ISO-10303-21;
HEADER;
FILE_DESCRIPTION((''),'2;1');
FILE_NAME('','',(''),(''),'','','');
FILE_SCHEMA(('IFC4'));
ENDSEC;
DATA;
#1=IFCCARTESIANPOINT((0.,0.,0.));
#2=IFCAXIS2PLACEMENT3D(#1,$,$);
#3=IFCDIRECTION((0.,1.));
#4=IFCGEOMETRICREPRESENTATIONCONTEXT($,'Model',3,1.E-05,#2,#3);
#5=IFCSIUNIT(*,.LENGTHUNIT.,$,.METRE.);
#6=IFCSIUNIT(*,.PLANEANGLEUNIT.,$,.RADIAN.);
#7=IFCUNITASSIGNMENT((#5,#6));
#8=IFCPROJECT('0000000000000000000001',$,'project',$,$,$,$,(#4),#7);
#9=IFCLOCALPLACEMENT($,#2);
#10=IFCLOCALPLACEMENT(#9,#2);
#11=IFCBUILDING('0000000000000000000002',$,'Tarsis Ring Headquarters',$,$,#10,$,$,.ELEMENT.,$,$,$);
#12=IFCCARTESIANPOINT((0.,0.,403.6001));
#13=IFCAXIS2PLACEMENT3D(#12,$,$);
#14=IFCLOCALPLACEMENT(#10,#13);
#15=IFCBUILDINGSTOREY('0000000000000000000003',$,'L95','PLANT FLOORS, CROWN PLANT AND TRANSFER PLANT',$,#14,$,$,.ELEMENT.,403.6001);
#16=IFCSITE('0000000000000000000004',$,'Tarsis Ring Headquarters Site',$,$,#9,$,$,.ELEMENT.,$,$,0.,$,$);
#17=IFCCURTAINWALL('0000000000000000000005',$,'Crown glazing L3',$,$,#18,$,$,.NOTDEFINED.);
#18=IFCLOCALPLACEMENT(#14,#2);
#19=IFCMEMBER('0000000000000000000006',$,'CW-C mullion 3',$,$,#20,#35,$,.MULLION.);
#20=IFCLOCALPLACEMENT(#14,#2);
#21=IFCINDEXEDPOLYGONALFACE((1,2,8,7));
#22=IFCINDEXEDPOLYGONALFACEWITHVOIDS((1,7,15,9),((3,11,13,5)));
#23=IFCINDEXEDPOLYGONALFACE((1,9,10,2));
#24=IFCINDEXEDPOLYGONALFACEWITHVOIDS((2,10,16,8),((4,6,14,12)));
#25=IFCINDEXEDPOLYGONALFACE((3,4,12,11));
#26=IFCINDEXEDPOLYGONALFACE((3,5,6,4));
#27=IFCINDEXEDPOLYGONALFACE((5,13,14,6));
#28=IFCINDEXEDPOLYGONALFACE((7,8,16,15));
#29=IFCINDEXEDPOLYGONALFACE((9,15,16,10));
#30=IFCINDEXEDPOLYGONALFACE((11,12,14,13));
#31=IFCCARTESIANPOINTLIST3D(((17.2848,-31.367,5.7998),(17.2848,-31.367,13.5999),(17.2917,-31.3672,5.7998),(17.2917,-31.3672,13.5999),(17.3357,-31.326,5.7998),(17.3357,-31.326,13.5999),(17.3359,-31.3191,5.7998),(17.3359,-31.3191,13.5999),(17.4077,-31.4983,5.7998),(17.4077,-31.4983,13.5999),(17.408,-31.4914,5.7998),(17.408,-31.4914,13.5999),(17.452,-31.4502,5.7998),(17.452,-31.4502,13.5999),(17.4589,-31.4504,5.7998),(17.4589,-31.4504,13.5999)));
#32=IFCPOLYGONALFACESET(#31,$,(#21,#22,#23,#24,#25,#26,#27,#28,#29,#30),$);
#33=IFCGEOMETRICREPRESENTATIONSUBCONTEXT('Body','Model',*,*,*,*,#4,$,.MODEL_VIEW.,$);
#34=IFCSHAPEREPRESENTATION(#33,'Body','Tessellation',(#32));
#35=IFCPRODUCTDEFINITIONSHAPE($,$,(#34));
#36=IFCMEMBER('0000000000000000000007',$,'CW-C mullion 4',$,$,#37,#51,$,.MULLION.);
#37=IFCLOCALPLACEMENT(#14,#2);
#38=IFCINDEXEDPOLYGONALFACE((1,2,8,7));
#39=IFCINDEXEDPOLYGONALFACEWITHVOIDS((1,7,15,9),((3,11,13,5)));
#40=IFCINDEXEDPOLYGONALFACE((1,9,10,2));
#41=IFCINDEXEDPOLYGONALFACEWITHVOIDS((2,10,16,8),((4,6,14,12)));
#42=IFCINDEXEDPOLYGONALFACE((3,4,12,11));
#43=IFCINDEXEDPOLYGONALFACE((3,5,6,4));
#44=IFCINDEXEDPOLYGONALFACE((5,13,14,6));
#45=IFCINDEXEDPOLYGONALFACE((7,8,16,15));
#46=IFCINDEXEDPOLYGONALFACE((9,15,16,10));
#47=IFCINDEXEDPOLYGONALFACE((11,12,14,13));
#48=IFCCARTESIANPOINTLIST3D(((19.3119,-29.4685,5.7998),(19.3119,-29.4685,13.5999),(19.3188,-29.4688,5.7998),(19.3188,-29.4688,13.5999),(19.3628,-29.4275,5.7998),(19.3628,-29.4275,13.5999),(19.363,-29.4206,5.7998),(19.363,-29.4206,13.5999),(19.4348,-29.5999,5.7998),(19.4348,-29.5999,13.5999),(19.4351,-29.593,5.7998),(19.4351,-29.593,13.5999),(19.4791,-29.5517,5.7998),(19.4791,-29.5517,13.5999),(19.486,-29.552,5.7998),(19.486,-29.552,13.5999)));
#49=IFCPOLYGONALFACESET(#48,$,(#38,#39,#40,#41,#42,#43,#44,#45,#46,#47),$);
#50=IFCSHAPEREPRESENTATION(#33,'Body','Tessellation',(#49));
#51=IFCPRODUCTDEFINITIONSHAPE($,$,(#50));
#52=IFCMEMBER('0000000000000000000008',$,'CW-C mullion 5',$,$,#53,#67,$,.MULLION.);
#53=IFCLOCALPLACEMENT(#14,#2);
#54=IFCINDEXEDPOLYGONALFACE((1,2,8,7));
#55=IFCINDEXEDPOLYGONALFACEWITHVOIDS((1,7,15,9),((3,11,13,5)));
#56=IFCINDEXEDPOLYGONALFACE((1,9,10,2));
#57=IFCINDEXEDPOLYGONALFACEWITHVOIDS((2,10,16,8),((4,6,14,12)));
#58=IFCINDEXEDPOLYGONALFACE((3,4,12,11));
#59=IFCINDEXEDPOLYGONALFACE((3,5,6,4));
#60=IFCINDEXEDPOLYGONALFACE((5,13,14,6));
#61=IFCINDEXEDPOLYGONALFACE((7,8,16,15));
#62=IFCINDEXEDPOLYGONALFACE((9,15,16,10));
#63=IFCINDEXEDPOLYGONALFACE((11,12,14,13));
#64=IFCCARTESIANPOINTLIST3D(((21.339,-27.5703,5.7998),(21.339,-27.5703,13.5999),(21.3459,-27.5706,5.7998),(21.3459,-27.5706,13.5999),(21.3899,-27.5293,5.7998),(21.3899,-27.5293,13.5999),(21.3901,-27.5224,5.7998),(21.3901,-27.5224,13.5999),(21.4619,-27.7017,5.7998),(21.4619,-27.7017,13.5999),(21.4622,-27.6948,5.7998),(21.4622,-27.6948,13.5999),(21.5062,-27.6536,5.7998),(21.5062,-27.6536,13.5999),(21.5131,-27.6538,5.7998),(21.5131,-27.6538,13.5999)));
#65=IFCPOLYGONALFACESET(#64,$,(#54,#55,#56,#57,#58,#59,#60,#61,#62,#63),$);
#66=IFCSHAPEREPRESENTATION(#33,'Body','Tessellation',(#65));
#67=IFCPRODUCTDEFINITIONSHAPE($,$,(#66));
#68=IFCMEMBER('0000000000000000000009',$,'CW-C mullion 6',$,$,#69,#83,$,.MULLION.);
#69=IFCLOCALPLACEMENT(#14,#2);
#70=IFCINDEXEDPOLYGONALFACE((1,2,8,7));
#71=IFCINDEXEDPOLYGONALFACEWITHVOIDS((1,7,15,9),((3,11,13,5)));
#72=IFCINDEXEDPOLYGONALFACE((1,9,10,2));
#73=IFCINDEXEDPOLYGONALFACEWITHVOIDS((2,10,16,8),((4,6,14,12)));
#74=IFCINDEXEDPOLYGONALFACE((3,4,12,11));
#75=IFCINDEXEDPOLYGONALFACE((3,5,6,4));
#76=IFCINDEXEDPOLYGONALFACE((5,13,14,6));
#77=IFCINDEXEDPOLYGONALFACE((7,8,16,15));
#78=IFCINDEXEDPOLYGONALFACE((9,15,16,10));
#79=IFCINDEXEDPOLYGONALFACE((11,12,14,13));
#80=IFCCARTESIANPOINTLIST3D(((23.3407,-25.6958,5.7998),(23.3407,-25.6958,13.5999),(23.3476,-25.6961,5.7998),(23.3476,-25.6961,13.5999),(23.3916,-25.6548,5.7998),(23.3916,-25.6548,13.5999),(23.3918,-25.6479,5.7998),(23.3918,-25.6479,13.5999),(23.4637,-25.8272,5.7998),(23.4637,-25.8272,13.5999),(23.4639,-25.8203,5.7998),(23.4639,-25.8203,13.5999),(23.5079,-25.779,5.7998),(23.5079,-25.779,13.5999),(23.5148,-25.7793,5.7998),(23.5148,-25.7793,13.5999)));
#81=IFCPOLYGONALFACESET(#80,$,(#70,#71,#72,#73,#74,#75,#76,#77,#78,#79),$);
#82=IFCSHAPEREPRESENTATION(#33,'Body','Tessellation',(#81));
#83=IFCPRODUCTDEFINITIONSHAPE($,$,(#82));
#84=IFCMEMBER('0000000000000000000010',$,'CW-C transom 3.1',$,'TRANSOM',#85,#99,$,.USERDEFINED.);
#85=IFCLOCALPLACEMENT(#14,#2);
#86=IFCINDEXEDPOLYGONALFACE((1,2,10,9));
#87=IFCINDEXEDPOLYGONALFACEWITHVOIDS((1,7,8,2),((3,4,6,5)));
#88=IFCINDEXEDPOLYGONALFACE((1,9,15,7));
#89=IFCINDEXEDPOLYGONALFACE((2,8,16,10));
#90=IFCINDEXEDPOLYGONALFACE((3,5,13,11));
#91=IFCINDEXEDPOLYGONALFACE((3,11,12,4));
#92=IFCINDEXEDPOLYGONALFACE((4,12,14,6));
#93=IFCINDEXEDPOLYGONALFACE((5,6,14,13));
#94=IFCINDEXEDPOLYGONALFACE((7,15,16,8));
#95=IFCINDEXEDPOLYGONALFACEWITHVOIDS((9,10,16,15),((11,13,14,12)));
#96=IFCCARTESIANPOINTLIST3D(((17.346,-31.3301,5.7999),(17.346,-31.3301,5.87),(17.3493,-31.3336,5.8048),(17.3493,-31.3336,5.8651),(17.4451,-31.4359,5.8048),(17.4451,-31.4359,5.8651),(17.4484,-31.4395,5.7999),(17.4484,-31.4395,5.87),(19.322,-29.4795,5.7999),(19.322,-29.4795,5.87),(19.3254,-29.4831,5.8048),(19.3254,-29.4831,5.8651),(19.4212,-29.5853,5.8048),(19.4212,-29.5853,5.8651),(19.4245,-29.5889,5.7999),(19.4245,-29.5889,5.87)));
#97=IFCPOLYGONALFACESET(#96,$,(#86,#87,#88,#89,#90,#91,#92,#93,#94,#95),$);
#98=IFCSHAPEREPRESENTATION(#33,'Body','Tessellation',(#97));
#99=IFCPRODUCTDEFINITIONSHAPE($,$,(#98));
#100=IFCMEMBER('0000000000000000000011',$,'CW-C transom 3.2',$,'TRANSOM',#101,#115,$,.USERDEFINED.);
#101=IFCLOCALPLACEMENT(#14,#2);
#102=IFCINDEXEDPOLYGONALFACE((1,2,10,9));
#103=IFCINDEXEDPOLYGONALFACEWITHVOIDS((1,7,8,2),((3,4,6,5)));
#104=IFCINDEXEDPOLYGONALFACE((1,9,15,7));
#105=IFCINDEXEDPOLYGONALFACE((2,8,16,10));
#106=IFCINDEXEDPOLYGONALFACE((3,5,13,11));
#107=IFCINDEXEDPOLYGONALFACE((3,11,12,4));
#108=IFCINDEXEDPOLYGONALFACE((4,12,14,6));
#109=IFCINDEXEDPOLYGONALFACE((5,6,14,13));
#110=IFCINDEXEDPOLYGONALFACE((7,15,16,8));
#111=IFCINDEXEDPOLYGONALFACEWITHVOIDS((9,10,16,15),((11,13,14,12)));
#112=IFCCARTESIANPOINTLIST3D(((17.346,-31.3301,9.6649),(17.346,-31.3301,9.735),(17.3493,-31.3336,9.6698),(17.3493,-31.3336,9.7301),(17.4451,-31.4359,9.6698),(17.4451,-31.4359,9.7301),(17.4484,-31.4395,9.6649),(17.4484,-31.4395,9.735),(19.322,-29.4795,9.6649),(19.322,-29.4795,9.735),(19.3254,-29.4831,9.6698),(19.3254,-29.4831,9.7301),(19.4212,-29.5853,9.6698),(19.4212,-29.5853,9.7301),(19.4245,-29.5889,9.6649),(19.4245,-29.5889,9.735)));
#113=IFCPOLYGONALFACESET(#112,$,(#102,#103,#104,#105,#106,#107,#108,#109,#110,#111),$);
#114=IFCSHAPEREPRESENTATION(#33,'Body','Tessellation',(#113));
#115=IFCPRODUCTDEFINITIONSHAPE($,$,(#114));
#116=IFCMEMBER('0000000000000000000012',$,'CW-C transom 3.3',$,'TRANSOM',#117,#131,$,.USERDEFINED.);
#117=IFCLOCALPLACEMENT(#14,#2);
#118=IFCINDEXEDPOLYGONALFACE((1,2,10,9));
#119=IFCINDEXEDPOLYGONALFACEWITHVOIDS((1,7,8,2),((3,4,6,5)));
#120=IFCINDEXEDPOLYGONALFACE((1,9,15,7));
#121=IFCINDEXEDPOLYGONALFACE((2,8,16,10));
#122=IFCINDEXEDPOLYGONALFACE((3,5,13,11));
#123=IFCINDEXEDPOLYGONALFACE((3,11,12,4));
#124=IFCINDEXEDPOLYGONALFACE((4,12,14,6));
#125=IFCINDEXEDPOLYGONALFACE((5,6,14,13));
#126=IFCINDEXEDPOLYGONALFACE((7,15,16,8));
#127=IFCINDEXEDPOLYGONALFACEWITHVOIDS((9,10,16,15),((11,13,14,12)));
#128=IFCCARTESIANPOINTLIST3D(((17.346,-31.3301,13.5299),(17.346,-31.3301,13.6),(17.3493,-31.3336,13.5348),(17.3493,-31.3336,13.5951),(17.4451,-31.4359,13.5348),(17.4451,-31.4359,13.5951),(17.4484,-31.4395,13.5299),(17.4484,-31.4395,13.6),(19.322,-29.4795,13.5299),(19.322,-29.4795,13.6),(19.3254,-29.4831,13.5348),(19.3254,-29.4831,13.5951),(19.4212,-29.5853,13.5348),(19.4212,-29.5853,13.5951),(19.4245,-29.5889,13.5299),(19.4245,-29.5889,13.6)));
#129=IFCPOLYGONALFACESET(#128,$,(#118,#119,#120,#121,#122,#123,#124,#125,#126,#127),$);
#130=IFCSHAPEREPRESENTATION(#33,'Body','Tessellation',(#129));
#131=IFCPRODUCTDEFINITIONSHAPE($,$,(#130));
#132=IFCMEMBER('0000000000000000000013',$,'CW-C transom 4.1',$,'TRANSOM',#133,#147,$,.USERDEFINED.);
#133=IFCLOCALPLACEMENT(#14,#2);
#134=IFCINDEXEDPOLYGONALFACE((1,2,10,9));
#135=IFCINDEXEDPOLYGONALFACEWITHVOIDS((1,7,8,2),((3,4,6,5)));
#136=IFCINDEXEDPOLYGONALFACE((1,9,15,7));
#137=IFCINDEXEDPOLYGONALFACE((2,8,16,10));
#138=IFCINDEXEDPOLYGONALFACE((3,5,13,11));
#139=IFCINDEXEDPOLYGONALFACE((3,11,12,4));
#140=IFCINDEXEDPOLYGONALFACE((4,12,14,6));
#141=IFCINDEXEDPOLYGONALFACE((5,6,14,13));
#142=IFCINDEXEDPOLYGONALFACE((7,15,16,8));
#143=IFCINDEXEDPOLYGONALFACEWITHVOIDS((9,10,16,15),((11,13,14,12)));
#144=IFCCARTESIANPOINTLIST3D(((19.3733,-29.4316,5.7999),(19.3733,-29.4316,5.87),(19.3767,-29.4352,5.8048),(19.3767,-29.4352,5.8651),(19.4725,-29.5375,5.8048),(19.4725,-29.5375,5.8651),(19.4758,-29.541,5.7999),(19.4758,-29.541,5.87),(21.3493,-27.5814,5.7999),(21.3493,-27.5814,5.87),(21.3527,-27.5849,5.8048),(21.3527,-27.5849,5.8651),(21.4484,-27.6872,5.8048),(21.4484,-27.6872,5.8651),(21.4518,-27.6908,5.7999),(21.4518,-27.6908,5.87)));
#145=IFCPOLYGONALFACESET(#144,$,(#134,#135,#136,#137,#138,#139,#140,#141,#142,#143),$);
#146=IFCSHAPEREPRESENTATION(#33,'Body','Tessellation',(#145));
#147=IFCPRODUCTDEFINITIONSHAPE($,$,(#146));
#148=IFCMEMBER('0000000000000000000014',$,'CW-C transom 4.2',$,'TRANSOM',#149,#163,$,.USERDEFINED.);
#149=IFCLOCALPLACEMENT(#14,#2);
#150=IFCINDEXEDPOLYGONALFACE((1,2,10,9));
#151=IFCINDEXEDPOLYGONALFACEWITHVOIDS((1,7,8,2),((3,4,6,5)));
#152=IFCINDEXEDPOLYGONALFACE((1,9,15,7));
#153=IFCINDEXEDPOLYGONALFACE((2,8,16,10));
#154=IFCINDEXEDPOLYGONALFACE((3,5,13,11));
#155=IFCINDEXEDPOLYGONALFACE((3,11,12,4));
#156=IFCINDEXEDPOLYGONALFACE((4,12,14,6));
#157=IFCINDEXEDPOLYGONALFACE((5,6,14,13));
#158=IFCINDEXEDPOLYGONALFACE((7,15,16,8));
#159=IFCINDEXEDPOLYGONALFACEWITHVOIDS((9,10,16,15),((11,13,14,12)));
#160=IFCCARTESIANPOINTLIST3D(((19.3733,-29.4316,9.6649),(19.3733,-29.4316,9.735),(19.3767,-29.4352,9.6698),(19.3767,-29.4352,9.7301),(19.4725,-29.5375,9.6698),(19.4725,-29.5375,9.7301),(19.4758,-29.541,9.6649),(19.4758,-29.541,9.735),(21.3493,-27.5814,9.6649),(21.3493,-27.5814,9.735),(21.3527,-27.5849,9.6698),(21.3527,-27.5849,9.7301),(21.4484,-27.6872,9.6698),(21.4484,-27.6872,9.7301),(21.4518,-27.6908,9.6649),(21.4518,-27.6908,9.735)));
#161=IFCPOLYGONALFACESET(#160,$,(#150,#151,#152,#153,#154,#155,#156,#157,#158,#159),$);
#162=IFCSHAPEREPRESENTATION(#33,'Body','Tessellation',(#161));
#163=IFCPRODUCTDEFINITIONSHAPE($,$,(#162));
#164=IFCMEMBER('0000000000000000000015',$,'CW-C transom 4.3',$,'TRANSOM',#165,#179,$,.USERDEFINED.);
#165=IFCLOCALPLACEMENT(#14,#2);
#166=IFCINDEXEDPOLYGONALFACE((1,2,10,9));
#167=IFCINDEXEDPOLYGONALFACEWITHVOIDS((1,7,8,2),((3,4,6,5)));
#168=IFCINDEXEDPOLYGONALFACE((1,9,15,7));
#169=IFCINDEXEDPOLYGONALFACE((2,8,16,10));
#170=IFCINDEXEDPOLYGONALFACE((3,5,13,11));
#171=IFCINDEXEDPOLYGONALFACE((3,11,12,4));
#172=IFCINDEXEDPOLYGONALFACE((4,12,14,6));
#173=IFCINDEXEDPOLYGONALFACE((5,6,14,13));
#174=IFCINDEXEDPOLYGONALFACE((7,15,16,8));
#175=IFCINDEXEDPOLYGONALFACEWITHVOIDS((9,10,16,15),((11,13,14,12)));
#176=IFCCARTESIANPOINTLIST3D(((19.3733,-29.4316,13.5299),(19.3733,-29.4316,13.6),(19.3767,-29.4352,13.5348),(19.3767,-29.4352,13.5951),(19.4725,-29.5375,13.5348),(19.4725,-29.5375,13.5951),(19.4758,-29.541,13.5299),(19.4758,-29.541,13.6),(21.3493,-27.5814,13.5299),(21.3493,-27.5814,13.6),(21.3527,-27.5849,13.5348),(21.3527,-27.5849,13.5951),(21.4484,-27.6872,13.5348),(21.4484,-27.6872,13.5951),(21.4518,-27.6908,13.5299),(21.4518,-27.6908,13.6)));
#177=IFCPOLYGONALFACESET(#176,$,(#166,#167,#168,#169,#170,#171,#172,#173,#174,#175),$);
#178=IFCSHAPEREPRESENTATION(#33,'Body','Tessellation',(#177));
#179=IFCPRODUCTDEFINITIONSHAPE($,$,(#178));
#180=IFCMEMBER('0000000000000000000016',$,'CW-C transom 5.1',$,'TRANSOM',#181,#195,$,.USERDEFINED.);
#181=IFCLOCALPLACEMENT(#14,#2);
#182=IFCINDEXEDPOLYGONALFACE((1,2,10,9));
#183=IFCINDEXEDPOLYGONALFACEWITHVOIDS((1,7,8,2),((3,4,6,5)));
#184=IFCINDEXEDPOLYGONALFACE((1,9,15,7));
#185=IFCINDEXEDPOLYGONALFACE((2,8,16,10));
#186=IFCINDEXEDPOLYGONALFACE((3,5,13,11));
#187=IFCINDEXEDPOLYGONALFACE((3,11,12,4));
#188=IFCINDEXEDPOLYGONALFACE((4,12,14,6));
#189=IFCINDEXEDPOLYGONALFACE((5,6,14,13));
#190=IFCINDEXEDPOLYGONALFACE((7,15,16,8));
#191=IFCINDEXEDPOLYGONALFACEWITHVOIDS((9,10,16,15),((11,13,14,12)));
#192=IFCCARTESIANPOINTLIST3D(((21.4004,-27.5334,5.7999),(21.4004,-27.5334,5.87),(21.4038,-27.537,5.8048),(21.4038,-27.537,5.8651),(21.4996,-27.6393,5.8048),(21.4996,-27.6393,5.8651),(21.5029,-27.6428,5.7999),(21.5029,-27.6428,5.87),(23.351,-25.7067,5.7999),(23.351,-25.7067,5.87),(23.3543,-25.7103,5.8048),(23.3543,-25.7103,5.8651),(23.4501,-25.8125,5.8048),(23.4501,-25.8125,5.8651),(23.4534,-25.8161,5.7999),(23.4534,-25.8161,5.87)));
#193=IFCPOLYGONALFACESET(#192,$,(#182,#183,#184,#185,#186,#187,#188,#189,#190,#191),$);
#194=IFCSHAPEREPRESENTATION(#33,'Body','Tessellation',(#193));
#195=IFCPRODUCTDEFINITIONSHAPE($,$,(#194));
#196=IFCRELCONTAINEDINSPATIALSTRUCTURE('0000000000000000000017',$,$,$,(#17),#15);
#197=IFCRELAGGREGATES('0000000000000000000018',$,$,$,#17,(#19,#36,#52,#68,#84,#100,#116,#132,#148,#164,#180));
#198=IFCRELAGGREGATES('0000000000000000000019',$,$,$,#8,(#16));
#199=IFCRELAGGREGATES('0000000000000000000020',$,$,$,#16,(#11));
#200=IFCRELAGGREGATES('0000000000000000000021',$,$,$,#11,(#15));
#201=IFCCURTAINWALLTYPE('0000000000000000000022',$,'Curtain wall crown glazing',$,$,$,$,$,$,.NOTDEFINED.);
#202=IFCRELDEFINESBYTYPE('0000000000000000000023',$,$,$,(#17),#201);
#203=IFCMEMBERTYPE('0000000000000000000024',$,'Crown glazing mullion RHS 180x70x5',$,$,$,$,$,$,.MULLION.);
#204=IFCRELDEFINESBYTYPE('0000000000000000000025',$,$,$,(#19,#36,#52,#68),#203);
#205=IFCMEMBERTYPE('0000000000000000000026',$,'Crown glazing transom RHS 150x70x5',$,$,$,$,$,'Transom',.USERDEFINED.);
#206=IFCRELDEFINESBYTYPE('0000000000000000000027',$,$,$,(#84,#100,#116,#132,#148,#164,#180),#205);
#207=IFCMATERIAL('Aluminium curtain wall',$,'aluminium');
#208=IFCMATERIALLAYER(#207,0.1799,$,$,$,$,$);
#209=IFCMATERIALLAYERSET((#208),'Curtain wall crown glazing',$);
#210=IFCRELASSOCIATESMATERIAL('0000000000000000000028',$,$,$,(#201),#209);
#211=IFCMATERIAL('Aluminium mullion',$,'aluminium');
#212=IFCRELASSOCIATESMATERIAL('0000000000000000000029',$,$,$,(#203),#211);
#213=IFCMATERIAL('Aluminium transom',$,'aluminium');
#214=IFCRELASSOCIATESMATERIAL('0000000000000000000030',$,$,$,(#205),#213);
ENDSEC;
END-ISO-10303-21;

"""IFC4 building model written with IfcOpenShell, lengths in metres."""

from ifc_helpers import new_model, si_unit, direction, frame, origin, origin_2d, place, context, subcontext, project, spatial, hollow_rectangle, extrude, material, layer, layer_set, material_profile, profile_set, type_object, element, aggregate, save


model = new_model("IFC4")

# Units and contexts
model_context = context("Model", 3, precision=1e-05, world=origin(), true_north=direction((0.0, 1.0)))
body_context = subcontext(model_context, "Body", "Model", "MODEL_VIEW")
ifc_project = project(units=[si_unit("LENGTHUNIT", "METRE"), si_unit("PLANEANGLEUNIT", "RADIAN")], contexts=[model_context])

# Site, building, storey
site_placement = place(None, origin())
site = spatial("IfcSite", under=ifc_project, at=site_placement, Name="Tarsis Ring Headquarters Site", CompositionType="ELEMENT", RefElevation=0.0)
building_placement = place(site_placement, origin())
building = spatial("IfcBuilding", under=site, at=building_placement, Name="Tarsis Ring Headquarters", CompositionType="ELEMENT")
storey_placement = place(building_placement, frame((0.0, 0.0, 403.6001)))
storey = spatial("IfcBuildingStorey", under=building, at=storey_placement, Name="L95", Description="PLANT FLOORS, CROWN PLANT AND TRANSFER PLANT", CompositionType="ELEMENT", Elevation=403.6001)

# Curtain wall, members
ifc_material_1 = material(Name="Aluminium curtain wall", Category="aluminium")
ifc_layer_1 = layer(ifc_material_1, 0.1799)
ifc_layer_set_1 = layer_set([ifc_layer_1], Name="Curtain wall crown glazing")
curtain_wall_type = type_object("IfcCurtainWallType", Name="Curtain wall crown glazing", PredefinedType="NOTDEFINED", material=ifc_layer_set_1)
curtain_wall_placement = place(storey_placement, origin())
curtain_wall = element("IfcCurtainWall", 1, at=curtain_wall_placement, inside=storey, type_object=curtain_wall_type, Name="Crown glazing L3", PredefinedType="NOTDEFINED")
ifc_material_2 = material(Name="Aluminium mullion", Category="aluminium")
ifc_material_profile_1 = material_profile(ifc_material_2, hollow_rectangle(XDim=0.1799, YDim=0.0701, WallThickness=0.0049, at=origin_2d()), Name="RHS 180x70x5")
ifc_profile_set_1 = profile_set([ifc_material_profile_1], Name="Aluminium mullion")
member_type_1 = type_object("IfcMemberType", Name="Crown glazing mullion RHS 180x70x5", PredefinedType="MULLION", material=ifc_profile_set_1)
member_1_placement = place(storey_placement, frame((17.3718, -31.4087, 5.7998), z_axis=(0.0, 0.0, 1.0), x_axis=(-0.683529, 0.729924, 0.0)))
member_1 = element("IfcMember", 2, at=member_1_placement, type_object=member_type_1, Name="CW-C mullion 3", PredefinedType="MULLION", context=body_context, shape_type="SweptSolid", body=[
    extrude(hollow_rectangle(XDim=0.1799, YDim=0.0701, WallThickness=0.0049, at=origin_2d()), origin(), (0.0, 0.0, 1.0), 7.8),
])
member_2_placement = place(storey_placement, frame((19.3989, -29.5103, 5.7998), z_axis=(0.0, 0.0, 1.0), x_axis=(-0.683529, 0.729924, 0.0)))
member_2 = element("IfcMember", 3, at=member_2_placement, type_object=member_type_1, Name="CW-C mullion 4", PredefinedType="MULLION", context=body_context, shape_type="SweptSolid", body=[
    extrude(hollow_rectangle(XDim=0.1799, YDim=0.0701, WallThickness=0.0049, at=origin_2d()), origin(), (0.0, 0.0, 1.0), 7.8),
])
member_3_placement = place(storey_placement, frame((21.426, -27.6121, 5.7998), z_axis=(0.0, 0.0, 1.0), x_axis=(-0.683529, 0.729924, 0.0)))
member_3 = element("IfcMember", 4, at=member_3_placement, type_object=member_type_1, Name="CW-C mullion 5", PredefinedType="MULLION", context=body_context, shape_type="SweptSolid", body=[
    extrude(hollow_rectangle(XDim=0.1799, YDim=0.0701, WallThickness=0.0049, at=origin_2d()), origin(), (0.0, 0.0, 1.0), 7.8),
])
member_4_placement = place(storey_placement, frame((23.4277, -25.7375, 5.7998), z_axis=(0.0, 0.0, 1.0), x_axis=(-0.683529, 0.729924, 0.0)))
member_4 = element("IfcMember", 5, at=member_4_placement, type_object=member_type_1, Name="CW-C mullion 6", PredefinedType="MULLION", context=body_context, shape_type="SweptSolid", body=[
    extrude(hollow_rectangle(XDim=0.1799, YDim=0.0701, WallThickness=0.0049, at=origin_2d()), origin(), (0.0, 0.0, 1.0), 7.8),
])
ifc_material_3 = material(Name="Aluminium transom", Category="aluminium")
ifc_material_profile_2 = material_profile(ifc_material_3, hollow_rectangle(XDim=0.1499, YDim=0.0701, WallThickness=0.0049, at=origin_2d()), Name="RHS 150x70x5")
ifc_profile_set_2 = profile_set([ifc_material_profile_2], Name="Aluminium transom")
member_type_2 = type_object("IfcMemberType", Name="Crown glazing transom RHS 150x70x5", ElementType="Transom", PredefinedType="USERDEFINED", material=ifc_profile_set_2)
member_5_placement = place(storey_placement, frame((17.3972, -31.3848, 5.835), z_axis=(0.729903, 0.683551, 0.0), x_axis=(-0.683551, 0.729903, 0.0)))
member_5 = element("IfcMember", 6, at=member_5_placement, type_object=member_type_2, Name="CW-C transom 3.1", ObjectType="TRANSOM", PredefinedType="USERDEFINED", context=body_context, shape_type="SweptSolid", body=[
    extrude(hollow_rectangle(XDim=0.1499, YDim=0.0701, WallThickness=0.0049, at=origin_2d()), origin(), (0.0, 0.0, 1.0), 2.7073),
])
member_6_placement = place(storey_placement, frame((17.3972, -31.3848, 9.7), z_axis=(0.729903, 0.683551, 0.0), x_axis=(-0.683551, 0.729903, 0.0)))
member_6 = element("IfcMember", 7, at=member_6_placement, type_object=member_type_2, Name="CW-C transom 3.2", ObjectType="TRANSOM", PredefinedType="USERDEFINED", context=body_context, shape_type="SweptSolid", body=[
    extrude(hollow_rectangle(XDim=0.1499, YDim=0.0701, WallThickness=0.0049, at=origin_2d()), origin(), (0.0, 0.0, 1.0), 2.7073),
])
member_7_placement = place(storey_placement, frame((17.3972, -31.3848, 13.5649), z_axis=(0.729903, 0.683551, 0.0), x_axis=(-0.683551, 0.729903, 0.0)))
member_7 = element("IfcMember", 8, at=member_7_placement, type_object=member_type_2, Name="CW-C transom 3.3", ObjectType="TRANSOM", PredefinedType="USERDEFINED", context=body_context, shape_type="SweptSolid", body=[
    extrude(hollow_rectangle(XDim=0.1499, YDim=0.0701, WallThickness=0.0049, at=origin_2d()), origin(), (0.0, 0.0, 1.0), 2.7073),
])
member_8_placement = place(storey_placement, frame((19.4246, -29.4863, 5.835), z_axis=(0.729948, 0.683503, 0.0), x_axis=(-0.683503, 0.729948, 0.0)))
member_8 = element("IfcMember", 9, at=member_8_placement, type_object=member_type_2, Name="CW-C transom 4.1", ObjectType="TRANSOM", PredefinedType="USERDEFINED", context=body_context, shape_type="SweptSolid", body=[
    extrude(hollow_rectangle(XDim=0.1499, YDim=0.0701, WallThickness=0.0049, at=origin_2d()), origin(), (0.0, 0.0, 1.0), 2.707),
])
member_9_placement = place(storey_placement, frame((19.4246, -29.4863, 9.7), z_axis=(0.729948, 0.683503, 0.0), x_axis=(-0.683503, 0.729948, 0.0)))
member_9 = element("IfcMember", 10, at=member_9_placement, type_object=member_type_2, Name="CW-C transom 4.2", ObjectType="TRANSOM", PredefinedType="USERDEFINED", context=body_context, shape_type="SweptSolid", body=[
    extrude(hollow_rectangle(XDim=0.1499, YDim=0.0701, WallThickness=0.0049, at=origin_2d()), origin(), (0.0, 0.0, 1.0), 2.707),
])
member_10_placement = place(storey_placement, frame((19.4246, -29.4863, 13.5649), z_axis=(0.729948, 0.683503, 0.0), x_axis=(-0.683503, 0.729948, 0.0)))
member_10 = element("IfcMember", 11, at=member_10_placement, type_object=member_type_2, Name="CW-C transom 4.3", ObjectType="TRANSOM", PredefinedType="USERDEFINED", context=body_context, shape_type="SweptSolid", body=[
    extrude(hollow_rectangle(XDim=0.1499, YDim=0.0701, WallThickness=0.0049, at=origin_2d()), origin(), (0.0, 0.0, 1.0), 2.707),
])
member_11_placement = place(storey_placement, frame((21.4517, -27.5881, 5.835), z_axis=(0.729888, 0.683567, 0.0), x_axis=(-0.683567, 0.729888, 0.0)))
member_11 = element("IfcMember", 12, at=member_11_placement, type_object=member_type_2, Name="CW-C transom 5.1", ObjectType="TRANSOM", PredefinedType="USERDEFINED", context=body_context, shape_type="SweptSolid", body=[
    extrude(hollow_rectangle(XDim=0.1499, YDim=0.0701, WallThickness=0.0049, at=origin_2d()), origin(), (0.0, 0.0, 1.0), 2.6724),
])

aggregate(curtain_wall, [member_1, member_2, member_3, member_4, member_5, member_6, member_7, member_8, member_9, member_10, member_11])

save(model, "model.ifc")
